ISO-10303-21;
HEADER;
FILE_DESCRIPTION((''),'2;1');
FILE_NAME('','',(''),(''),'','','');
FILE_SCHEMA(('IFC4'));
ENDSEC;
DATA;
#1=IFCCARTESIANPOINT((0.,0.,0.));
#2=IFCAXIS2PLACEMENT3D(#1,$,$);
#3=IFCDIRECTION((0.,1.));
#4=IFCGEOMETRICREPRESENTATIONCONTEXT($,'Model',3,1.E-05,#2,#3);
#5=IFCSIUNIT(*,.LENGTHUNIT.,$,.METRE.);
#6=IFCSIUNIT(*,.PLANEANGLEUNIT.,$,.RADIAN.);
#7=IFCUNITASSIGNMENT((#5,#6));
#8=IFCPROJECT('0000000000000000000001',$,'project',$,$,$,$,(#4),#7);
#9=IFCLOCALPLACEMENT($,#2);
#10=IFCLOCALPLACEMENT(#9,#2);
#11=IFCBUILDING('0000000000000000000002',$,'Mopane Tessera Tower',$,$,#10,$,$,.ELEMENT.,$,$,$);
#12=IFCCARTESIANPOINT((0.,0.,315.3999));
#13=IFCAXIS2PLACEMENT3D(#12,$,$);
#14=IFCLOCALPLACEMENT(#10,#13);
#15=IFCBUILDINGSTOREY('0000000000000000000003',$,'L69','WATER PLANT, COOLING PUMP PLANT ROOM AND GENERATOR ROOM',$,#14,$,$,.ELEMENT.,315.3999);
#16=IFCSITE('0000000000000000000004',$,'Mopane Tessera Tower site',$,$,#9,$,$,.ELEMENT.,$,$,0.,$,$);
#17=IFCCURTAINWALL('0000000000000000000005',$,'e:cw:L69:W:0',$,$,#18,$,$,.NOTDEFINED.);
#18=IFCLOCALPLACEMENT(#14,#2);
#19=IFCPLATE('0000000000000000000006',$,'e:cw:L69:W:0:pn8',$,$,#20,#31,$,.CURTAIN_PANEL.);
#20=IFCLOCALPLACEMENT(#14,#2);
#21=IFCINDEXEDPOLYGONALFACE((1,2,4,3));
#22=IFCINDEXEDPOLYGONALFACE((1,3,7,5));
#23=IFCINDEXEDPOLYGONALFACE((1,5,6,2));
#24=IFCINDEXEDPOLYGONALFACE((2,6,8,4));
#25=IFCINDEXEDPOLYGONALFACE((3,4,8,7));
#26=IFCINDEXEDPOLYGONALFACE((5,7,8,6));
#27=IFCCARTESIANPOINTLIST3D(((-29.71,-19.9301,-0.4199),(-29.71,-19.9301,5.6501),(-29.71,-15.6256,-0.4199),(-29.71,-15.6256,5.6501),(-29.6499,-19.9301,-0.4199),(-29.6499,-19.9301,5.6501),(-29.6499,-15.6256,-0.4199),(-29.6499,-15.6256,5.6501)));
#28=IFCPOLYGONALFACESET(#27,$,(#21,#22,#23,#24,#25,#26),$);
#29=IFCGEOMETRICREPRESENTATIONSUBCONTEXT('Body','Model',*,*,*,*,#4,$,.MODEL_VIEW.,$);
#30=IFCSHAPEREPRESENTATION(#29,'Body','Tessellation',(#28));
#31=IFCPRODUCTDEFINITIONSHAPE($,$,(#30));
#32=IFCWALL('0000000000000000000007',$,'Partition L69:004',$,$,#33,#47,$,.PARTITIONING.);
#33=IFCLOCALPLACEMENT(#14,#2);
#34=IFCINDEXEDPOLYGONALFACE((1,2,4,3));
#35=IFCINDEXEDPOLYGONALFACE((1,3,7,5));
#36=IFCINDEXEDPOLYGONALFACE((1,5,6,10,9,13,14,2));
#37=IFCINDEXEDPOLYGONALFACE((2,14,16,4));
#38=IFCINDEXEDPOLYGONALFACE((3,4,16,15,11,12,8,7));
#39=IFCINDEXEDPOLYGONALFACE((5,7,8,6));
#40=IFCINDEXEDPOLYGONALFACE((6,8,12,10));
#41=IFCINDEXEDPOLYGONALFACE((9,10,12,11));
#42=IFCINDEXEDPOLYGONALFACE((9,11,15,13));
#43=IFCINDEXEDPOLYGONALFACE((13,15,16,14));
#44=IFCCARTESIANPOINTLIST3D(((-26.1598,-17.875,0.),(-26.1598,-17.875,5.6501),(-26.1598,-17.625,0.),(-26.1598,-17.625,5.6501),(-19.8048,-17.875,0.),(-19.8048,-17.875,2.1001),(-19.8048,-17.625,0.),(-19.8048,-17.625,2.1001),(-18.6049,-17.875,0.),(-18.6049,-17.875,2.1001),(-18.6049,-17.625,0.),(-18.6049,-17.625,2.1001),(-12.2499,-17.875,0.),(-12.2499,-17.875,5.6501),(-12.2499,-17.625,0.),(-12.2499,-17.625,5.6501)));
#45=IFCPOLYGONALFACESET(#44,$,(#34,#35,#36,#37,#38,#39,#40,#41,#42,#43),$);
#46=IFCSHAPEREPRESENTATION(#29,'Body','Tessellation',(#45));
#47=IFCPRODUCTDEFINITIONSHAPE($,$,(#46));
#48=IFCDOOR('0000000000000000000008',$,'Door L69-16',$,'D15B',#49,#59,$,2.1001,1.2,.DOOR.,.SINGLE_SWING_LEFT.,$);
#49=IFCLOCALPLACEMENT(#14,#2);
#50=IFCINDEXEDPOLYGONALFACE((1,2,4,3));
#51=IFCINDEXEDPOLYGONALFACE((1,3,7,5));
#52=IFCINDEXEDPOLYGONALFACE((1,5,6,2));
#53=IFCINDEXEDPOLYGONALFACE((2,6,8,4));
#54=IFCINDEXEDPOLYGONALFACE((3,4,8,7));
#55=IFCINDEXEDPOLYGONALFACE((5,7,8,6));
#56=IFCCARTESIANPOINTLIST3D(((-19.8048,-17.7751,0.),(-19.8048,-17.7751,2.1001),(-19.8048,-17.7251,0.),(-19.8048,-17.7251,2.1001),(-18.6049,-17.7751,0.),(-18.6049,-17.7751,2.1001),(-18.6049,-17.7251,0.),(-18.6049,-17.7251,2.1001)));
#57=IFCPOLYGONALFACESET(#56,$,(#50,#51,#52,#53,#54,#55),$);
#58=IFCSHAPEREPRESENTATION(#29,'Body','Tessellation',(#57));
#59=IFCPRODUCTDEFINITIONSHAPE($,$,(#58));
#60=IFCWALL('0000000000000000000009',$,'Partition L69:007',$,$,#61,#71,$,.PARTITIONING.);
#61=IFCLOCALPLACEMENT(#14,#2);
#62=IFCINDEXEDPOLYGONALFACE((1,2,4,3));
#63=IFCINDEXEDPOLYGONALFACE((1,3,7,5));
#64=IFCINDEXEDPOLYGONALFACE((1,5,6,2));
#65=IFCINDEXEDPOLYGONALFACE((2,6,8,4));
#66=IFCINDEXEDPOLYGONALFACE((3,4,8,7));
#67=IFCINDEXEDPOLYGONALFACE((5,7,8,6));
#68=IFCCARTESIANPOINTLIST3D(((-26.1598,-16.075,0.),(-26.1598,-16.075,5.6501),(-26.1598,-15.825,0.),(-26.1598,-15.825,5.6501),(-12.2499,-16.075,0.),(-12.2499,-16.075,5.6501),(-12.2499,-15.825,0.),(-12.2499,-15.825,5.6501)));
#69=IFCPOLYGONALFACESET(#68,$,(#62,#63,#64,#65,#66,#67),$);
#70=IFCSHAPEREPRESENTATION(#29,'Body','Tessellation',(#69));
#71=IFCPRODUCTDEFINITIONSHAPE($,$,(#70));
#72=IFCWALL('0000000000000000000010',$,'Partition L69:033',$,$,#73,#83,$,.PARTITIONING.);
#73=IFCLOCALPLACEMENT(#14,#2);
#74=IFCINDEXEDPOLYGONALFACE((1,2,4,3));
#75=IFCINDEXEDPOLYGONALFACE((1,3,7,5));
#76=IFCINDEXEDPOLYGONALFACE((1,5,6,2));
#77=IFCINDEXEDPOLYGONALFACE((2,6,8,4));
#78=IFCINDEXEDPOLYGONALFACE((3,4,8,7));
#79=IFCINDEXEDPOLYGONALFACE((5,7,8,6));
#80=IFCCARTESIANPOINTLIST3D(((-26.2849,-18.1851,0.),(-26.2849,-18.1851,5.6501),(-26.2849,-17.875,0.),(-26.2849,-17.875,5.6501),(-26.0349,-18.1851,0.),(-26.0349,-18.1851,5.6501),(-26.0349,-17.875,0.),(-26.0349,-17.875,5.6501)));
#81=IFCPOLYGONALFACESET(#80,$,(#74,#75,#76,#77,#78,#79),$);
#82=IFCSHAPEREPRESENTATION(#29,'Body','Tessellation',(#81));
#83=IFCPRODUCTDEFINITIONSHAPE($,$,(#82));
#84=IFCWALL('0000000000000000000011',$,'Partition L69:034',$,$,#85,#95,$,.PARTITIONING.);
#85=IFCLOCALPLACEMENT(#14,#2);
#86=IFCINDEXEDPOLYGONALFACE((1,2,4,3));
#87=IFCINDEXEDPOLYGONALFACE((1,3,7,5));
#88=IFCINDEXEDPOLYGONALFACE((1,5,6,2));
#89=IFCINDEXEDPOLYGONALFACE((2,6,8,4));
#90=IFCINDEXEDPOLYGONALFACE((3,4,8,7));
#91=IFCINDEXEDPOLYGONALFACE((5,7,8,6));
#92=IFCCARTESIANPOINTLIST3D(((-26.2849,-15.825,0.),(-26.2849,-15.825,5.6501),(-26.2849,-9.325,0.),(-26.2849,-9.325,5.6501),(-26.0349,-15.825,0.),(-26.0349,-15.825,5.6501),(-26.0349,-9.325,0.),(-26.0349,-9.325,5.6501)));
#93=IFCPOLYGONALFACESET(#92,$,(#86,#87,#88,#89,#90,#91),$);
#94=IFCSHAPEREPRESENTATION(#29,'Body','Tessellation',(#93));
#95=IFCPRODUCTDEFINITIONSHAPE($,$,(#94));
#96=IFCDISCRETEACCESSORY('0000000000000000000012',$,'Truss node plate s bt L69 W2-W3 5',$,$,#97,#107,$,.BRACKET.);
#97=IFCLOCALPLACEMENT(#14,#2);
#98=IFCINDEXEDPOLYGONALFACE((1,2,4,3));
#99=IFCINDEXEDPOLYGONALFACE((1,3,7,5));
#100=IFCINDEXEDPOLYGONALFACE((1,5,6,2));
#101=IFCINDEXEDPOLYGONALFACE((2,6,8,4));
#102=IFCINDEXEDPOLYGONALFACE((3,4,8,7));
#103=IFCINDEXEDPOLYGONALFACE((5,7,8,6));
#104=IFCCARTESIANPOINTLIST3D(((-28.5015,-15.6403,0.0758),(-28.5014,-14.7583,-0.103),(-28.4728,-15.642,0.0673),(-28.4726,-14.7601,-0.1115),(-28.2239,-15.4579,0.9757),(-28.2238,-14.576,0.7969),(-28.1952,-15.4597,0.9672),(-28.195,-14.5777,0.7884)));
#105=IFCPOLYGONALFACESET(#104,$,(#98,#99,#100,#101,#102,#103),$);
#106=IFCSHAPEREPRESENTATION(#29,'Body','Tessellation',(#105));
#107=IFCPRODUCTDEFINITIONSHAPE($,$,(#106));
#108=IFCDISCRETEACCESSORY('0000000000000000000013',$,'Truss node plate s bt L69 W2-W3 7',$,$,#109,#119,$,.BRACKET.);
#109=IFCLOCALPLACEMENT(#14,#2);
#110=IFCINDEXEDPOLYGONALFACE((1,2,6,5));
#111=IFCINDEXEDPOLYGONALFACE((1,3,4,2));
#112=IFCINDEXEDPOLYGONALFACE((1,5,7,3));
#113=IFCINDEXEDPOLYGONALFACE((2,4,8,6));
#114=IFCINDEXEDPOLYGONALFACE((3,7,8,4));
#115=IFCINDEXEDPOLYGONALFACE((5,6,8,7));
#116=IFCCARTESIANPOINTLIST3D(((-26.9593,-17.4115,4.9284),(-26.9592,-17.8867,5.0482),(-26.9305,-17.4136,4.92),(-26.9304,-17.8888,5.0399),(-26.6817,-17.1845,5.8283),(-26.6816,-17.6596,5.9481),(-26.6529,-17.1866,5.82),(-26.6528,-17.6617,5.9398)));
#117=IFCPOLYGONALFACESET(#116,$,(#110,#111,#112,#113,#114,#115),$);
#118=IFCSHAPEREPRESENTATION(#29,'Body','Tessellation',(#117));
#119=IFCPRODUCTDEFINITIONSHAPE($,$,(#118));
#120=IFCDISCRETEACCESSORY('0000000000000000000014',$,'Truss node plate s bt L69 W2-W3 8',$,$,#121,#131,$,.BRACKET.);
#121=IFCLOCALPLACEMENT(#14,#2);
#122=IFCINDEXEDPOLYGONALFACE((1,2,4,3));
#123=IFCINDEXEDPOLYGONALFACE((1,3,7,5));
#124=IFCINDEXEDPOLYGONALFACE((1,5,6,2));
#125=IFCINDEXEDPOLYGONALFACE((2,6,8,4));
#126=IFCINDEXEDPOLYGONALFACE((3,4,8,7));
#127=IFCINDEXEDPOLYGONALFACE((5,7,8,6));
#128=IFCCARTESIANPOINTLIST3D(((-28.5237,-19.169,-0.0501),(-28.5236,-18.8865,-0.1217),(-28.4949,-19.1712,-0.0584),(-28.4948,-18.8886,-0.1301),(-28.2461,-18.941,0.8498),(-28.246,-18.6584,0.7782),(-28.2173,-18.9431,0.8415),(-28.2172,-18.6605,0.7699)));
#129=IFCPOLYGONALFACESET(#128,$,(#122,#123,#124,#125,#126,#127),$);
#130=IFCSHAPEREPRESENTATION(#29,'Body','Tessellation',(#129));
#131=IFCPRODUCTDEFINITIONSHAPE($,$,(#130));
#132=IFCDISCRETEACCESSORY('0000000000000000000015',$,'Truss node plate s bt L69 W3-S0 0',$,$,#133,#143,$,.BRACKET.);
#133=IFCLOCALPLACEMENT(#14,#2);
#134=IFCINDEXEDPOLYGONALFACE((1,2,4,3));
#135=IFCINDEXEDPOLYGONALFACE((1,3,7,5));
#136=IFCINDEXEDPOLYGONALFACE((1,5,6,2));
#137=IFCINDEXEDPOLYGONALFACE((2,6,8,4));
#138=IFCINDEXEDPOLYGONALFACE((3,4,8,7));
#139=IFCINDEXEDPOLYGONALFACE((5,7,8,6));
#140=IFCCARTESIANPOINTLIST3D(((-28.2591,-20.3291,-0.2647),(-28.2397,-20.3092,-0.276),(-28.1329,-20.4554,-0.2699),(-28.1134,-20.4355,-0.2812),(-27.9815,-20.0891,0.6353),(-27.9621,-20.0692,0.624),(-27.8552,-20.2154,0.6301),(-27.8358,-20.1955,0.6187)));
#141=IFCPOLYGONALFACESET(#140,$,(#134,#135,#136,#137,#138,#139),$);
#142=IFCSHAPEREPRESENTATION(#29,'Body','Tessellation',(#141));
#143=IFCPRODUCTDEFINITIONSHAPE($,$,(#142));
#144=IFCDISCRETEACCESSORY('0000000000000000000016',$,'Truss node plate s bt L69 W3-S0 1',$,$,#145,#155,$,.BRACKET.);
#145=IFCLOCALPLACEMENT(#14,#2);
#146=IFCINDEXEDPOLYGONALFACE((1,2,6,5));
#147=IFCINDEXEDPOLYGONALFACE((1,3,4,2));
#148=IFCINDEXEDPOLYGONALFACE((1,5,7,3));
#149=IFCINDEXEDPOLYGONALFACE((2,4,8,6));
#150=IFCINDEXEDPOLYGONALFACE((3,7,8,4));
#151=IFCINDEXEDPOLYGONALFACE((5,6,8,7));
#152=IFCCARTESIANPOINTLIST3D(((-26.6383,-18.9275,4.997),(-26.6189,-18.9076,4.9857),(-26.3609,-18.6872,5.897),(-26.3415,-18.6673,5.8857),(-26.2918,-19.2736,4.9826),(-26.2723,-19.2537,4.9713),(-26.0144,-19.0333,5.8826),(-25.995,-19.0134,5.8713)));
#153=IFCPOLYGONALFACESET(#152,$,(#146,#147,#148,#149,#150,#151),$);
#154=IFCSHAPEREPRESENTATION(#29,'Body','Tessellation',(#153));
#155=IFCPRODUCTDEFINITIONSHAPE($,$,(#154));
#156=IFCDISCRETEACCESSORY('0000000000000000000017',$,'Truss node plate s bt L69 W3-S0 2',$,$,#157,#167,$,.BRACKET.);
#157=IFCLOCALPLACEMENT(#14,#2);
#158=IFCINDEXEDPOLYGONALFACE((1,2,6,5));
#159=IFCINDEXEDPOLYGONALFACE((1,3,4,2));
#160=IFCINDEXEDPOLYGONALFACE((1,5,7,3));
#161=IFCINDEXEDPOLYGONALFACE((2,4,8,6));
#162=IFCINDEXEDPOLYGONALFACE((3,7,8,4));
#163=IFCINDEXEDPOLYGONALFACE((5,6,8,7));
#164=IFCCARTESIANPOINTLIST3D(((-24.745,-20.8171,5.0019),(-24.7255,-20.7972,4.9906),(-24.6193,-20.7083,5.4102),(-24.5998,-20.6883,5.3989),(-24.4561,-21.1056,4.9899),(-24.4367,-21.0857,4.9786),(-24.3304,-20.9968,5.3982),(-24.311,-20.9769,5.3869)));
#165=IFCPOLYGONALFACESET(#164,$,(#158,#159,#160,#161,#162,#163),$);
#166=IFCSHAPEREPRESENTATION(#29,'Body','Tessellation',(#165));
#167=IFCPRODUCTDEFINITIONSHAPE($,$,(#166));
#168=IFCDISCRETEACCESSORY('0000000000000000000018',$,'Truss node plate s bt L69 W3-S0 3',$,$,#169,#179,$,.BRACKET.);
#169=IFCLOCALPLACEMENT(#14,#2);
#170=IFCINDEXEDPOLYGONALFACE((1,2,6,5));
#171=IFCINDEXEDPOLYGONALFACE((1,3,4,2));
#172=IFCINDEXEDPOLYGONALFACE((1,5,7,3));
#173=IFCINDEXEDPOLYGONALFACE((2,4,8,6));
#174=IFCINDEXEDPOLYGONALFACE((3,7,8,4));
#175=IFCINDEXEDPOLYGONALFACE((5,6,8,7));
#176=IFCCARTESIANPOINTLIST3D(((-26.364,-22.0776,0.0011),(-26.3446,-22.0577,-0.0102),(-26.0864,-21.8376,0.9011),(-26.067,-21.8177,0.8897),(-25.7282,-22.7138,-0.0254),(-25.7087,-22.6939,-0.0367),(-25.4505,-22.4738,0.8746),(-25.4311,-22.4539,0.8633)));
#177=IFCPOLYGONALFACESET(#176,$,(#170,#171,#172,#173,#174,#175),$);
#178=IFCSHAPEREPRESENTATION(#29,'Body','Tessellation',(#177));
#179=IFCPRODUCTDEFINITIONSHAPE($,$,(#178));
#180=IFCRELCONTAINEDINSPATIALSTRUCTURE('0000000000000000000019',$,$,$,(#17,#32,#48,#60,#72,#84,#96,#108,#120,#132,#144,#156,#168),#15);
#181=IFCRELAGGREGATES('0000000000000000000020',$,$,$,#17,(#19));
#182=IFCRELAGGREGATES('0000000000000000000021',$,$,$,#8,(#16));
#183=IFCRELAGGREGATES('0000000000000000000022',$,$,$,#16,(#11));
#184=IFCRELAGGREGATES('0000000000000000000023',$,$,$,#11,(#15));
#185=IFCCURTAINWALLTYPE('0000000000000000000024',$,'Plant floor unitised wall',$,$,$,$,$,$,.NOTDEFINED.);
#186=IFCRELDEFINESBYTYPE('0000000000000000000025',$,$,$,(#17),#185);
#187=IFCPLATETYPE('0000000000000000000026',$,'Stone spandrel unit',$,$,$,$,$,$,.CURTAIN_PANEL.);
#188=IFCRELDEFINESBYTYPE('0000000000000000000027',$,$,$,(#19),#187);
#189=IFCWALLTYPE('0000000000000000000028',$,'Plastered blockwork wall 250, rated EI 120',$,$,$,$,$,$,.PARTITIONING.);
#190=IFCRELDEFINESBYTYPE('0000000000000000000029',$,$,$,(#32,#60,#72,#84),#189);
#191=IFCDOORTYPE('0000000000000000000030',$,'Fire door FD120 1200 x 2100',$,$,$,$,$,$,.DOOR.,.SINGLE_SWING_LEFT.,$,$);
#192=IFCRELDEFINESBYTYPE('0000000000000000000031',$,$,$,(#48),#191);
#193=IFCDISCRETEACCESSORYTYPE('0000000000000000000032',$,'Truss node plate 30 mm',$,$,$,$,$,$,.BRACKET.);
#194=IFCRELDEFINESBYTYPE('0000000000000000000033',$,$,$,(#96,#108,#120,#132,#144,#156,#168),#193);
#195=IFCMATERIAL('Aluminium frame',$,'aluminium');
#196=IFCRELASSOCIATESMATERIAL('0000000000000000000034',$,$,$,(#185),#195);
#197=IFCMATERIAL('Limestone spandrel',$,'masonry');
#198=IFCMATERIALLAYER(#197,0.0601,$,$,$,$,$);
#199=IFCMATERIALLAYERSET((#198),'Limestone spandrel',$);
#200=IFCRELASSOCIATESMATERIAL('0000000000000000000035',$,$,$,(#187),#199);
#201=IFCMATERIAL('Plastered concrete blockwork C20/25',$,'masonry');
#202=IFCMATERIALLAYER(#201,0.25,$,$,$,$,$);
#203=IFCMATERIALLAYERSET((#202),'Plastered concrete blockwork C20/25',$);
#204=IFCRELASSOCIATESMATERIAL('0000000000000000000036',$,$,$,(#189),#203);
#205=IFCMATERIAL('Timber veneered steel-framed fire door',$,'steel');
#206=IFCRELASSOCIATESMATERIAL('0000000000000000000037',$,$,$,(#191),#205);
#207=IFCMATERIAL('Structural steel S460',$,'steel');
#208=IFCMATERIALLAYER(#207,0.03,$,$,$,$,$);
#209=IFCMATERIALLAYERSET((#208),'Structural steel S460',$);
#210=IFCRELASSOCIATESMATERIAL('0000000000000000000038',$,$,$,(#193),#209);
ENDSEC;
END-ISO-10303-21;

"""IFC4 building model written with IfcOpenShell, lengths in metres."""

from ifc_helpers import new_model, si_unit, direction, frame, frame_2d, origin, origin_2d, place, context, subcontext, project, spatial, rectangle, extrude, material, layer, layer_set, type_object, element, fill, aggregate, save


model = new_model("IFC4")

# Units and contexts
model_context = context("Model", 3, precision=1e-05, world=origin(), true_north=direction((0.0, 1.0)))
body_context = subcontext(model_context, "Body", "Model", "MODEL_VIEW")
ifc_project = project(units=[si_unit("LENGTHUNIT", "METRE"), si_unit("PLANEANGLEUNIT", "RADIAN")], contexts=[model_context])

# Site, building, storey
site_placement = place(None, origin())
site = spatial("IfcSite", under=ifc_project, at=site_placement, Name="Mopane Tessera Tower site", CompositionType="ELEMENT", RefElevation=0.0)
building_placement = place(site_placement, origin())
building = spatial("IfcBuilding", under=site, at=building_placement, Name="Mopane Tessera Tower", CompositionType="ELEMENT")
storey_placement = place(building_placement, frame((0.0, 0.0, 315.3999)))
storey = spatial("IfcBuildingStorey", under=building, at=storey_placement, Name="L69", Description="WATER PLANT, COOLING PUMP PLANT ROOM AND GENERATOR ROOM", CompositionType="ELEMENT", Elevation=315.3999)

# Shared definitions
ifc_material_1 = material(Name="Aluminium frame", Category="aluminium")
curtain_wall_type = type_object("IfcCurtainWallType", Name="Plant floor unitised wall", PredefinedType="NOTDEFINED", material=ifc_material_1)

# Curtain wall
curtain_wall_1_placement = place(storey_placement, origin())
curtain_wall_1 = element("IfcCurtainWall", 1, at=curtain_wall_1_placement, inside=storey, type_object=curtain_wall_type, Name="e:cw:L69:W:0", PredefinedType="NOTDEFINED")

# Plate
ifc_material_2 = material(Name="Limestone spandrel", Category="masonry")
ifc_layer_1 = layer(ifc_material_2, 0.0601)
ifc_layer_set_1 = layer_set([ifc_layer_1], Name="Limestone spandrel")
plate_type = type_object("IfcPlateType", Name="Stone spandrel unit", PredefinedType="CURTAIN_PANEL", material=ifc_layer_set_1)
plate_placement = place(storey_placement, frame((-29.6799, -17.7778, -0.4199), z_axis=(0.0, 0.0, 1.0), x_axis=(0.0, -1.0, 0.0)))
plate = element("IfcPlate", 2, at=plate_placement, type_object=plate_type, Name="e:cw:L69:W:0:pn8", PredefinedType="CURTAIN_PANEL", context=body_context, shape_type="SweptSolid", body=[
    extrude(rectangle(XDim=4.3044, YDim=0.0601, at=origin_2d()), origin(), (0.0, 0.0, 1.0), 6.0701),
])
aggregate(curtain_wall_1, [plate])

# Wall, opening, door
ifc_material_3 = material(Name="Plastered concrete blockwork C20/25", Category="masonry")
ifc_layer_2 = layer(ifc_material_3, 0.25)
ifc_layer_set_2 = layer_set([ifc_layer_2], Name="Plastered concrete blockwork C20/25")
wall_type = type_object("IfcWallType", Name="Plastered blockwork wall 250, rated EI 120", PredefinedType="PARTITIONING", material=ifc_layer_set_2)
wall_1_placement = place(storey_placement, frame((-26.1599, -17.75, 0.0), z_axis=(0.0, 0.0, 1.0), x_axis=(1.0, 0.0, 0.0)))
wall_1 = element("IfcWall", 3, at=wall_1_placement, inside=storey, type_object=wall_type, Name="Partition L69:004", PredefinedType="PARTITIONING", context=body_context, shape_type="SweptSolid", body=[
    extrude(rectangle(XDim=13.9099, YDim=0.25, at=frame_2d((6.9551, 0.0))), origin(), (0.0, 0.0, 1.0), 5.6501),
])
opening_placement = place(wall_1_placement, frame((6.355, 0.0, 0.0)))
opening = element("IfcOpeningElement", 4, at=opening_placement, cuts=wall_1, PredefinedType="OPENING", context=body_context, shape_type="SweptSolid", body=[
    extrude(rectangle(XDim=1.2, YDim=2.1001, at=frame_2d((0.6001, 1.05))), frame((0.0, 0.137, 0.0), z_axis=(0.0, -1.0, 0.0), x_axis=(1.0, 0.0, 0.0)), (0.0, 0.0, 1.0), 0.2739),
])
ifc_material_4 = material(Name="Timber veneered steel-framed fire door", Category="steel")
door_type = type_object("IfcDoorType", Name="Fire door FD120 1200 x 2100", OperationType="SINGLE_SWING_LEFT", PredefinedType="DOOR", material=ifc_material_4)
door_placement = place(opening_placement, origin())
door = element("IfcDoor", 5, at=door_placement, inside=storey, type_object=door_type, Name="Door L69-16", ObjectType="D15B", OperationType="SINGLE_SWING_LEFT", OverallHeight=2.1001, OverallWidth=1.2, PredefinedType="DOOR", context=body_context, shape_type="SweptSolid", body=[
    extrude(rectangle(XDim=1.2, YDim=2.1001, at=frame_2d((0.6001, 1.05))), frame((0.0, 0.0249, 0.0), z_axis=(0.0, -1.0, 0.0), x_axis=(1.0, 0.0, 0.0)), (0.0, 0.0, 1.0), 0.05),
])
fill(opening, door)

# Walls
wall_2_placement = place(storey_placement, frame((-26.1599, -15.95, 0.0), z_axis=(0.0, 0.0, 1.0), x_axis=(1.0, 0.0, 0.0)))
element("IfcWall", 6, at=wall_2_placement, inside=storey, type_object=wall_type, Name="Partition L69:007", PredefinedType="PARTITIONING", context=body_context, shape_type="SweptSolid", body=[
    extrude(rectangle(XDim=13.9099, YDim=0.25, at=frame_2d((6.9551, 0.0))), origin(), (0.0, 0.0, 1.0), 5.6501),
])
wall_3_placement = place(storey_placement, frame((-26.1599, -18.1851, 0.0), z_axis=(0.0, 0.0, 1.0), x_axis=(0.0, 1.0, 0.0)))
element("IfcWall", 7, at=wall_3_placement, inside=storey, type_object=wall_type, Name="Partition L69:033", PredefinedType="PARTITIONING", context=body_context, shape_type="SweptSolid", body=[
    extrude(rectangle(XDim=0.3101, YDim=0.25, at=frame_2d((0.155, 0.0))), origin(), (0.0, 0.0, 1.0), 5.6501),
])
wall_4_placement = place(storey_placement, frame((-26.1599, -15.825, 0.0), z_axis=(0.0, 0.0, 1.0), x_axis=(0.0, 1.0, 0.0)))
element("IfcWall", 8, at=wall_4_placement, inside=storey, type_object=wall_type, Name="Partition L69:034", PredefinedType="PARTITIONING", context=body_context, shape_type="SweptSolid", body=[
    extrude(rectangle(XDim=6.5, YDim=0.25, at=frame_2d((3.25, 0.0))), origin(), (0.0, 0.0, 1.0), 5.6501),
])

# Discrete accessories
ifc_material_5 = material(Name="Structural steel S460", Category="steel")
ifc_layer_3 = layer(ifc_material_5, 0.03)
ifc_layer_set_3 = layer_set([ifc_layer_3], Name="Structural steel S460")
discrete_accessory_type = type_object("IfcDiscreteAccessoryType", Name="Truss node plate 30 mm", PredefinedType="BRACKET", material=ifc_layer_set_3)
discrete_accessory_1_placement = place(storey_placement, frame((-28.4871, -15.2002, -0.0178), z_axis=(0.289383, 0.190123, 0.938142), x_axis=(0.957213, -0.057639, -0.283585)))
element("IfcDiscreteAccessory", 9, at=discrete_accessory_1_placement, inside=storey, type_object=discrete_accessory_type, Name="Truss node plate s bt L69 W2-W3 5", PredefinedType="BRACKET", context=body_context, shape_type="SweptSolid", body=[
    extrude(rectangle(XDim=0.03, YDim=0.8999, at=origin_2d()), origin(), (0.0, 0.0, 1.0), 0.9592),
])
discrete_accessory_2_placement = place(storey_placement, frame((-26.9448, -17.6501, 4.9841), z_axis=(0.286549, 0.234381, 0.928954), x_axis=(0.958065, -0.069918, -0.277889)))
element("IfcDiscreteAccessory", 10, at=discrete_accessory_2_placement, inside=storey, type_object=discrete_accessory_type, Name="Truss node plate s bt L69 W2-W3 7", PredefinedType="BRACKET", context=body_context, shape_type="SweptSolid", body=[
    extrude(rectangle(XDim=0.03, YDim=0.49, at=origin_2d()), origin(), (0.0, 0.0, 1.0), 0.9688),
])
discrete_accessory_3_placement = place(storey_placement, frame((-28.5093, -19.0288, -0.0901), z_axis=(0.286481, 0.235333, 0.928734), x_axis=(0.958086, -0.07067, -0.277628)))
element("IfcDiscreteAccessory", 11, at=discrete_accessory_3_placement, inside=storey, type_object=discrete_accessory_type, Name="Truss node plate s bt L69 W2-W3 8", PredefinedType="BRACKET", context=body_context, shape_type="SweptSolid", body=[
    extrude(rectangle(XDim=0.03, YDim=0.2915, at=origin_2d()), origin(), (0.0, 0.0, 1.0), 0.969),
])
discrete_accessory_4_placement = place(storey_placement, frame((-28.1863, -20.3823, -0.2729), z_axis=(0.285631, 0.246944, 0.925977), x_axis=(0.647377, 0.662724, -0.376431)))
element("IfcDiscreteAccessory", 12, at=discrete_accessory_4_placement, inside=storey, type_object=discrete_accessory_type, Name="Truss node plate s bt L69 W3-S0 0", PredefinedType="BRACKET", context=body_context, shape_type="SweptSolid", body=[
    extrude(rectangle(XDim=0.03, YDim=0.1787, at=origin_2d()), origin(), (0.0, 0.0, 1.0), 0.9719),
])
discrete_accessory_5_placement = place(storey_placement, frame((-26.4553, -19.0906, 4.9841), z_axis=(0.285383, 0.247198, 0.925986), x_axis=(0.646762, 0.663337, -0.376409)))
element("IfcDiscreteAccessory", 13, at=discrete_accessory_5_placement, inside=storey, type_object=discrete_accessory_type, Name="Truss node plate s bt L69 W3-S0 1", PredefinedType="BRACKET", context=body_context, shape_type="SweptSolid", body=[
    extrude(rectangle(XDim=0.03, YDim=0.49, at=origin_2d()), origin(), (0.0, 0.0, 1.0), 0.9719),
])
discrete_accessory_6_placement = place(storey_placement, frame((-24.5908, -20.9514, 4.9902), z_axis=(0.285098, 0.2469, 0.926153), x_axis=(0.646955, 0.66338, -0.376001)))
element("IfcDiscreteAccessory", 14, at=discrete_accessory_6_placement, inside=storey, type_object=discrete_accessory_type, Name="Truss node plate s bt L69 W3-S0 2", PredefinedType="BRACKET", context=body_context, shape_type="SweptSolid", body=[
    extrude(rectangle(XDim=0.03, YDim=0.4084, at=origin_2d()), origin(), (0.0, 0.0, 1.0), 0.4409),
])
discrete_accessory_7_placement = place(storey_placement, frame((-26.0364, -22.3857, -0.0178), z_axis=(0.285631, 0.246944, 0.925977), x_axis=(0.647377, 0.662724, -0.376431)))
element("IfcDiscreteAccessory", 15, at=discrete_accessory_7_placement, inside=storey, type_object=discrete_accessory_type, Name="Truss node plate s bt L69 W3-S0 3", PredefinedType="BRACKET", context=body_context, shape_type="SweptSolid", body=[
    extrude(rectangle(XDim=0.03, YDim=0.8999, at=origin_2d()), origin(), (0.0, 0.0, 1.0), 0.9719),
])

save(model, "model.ifc")
